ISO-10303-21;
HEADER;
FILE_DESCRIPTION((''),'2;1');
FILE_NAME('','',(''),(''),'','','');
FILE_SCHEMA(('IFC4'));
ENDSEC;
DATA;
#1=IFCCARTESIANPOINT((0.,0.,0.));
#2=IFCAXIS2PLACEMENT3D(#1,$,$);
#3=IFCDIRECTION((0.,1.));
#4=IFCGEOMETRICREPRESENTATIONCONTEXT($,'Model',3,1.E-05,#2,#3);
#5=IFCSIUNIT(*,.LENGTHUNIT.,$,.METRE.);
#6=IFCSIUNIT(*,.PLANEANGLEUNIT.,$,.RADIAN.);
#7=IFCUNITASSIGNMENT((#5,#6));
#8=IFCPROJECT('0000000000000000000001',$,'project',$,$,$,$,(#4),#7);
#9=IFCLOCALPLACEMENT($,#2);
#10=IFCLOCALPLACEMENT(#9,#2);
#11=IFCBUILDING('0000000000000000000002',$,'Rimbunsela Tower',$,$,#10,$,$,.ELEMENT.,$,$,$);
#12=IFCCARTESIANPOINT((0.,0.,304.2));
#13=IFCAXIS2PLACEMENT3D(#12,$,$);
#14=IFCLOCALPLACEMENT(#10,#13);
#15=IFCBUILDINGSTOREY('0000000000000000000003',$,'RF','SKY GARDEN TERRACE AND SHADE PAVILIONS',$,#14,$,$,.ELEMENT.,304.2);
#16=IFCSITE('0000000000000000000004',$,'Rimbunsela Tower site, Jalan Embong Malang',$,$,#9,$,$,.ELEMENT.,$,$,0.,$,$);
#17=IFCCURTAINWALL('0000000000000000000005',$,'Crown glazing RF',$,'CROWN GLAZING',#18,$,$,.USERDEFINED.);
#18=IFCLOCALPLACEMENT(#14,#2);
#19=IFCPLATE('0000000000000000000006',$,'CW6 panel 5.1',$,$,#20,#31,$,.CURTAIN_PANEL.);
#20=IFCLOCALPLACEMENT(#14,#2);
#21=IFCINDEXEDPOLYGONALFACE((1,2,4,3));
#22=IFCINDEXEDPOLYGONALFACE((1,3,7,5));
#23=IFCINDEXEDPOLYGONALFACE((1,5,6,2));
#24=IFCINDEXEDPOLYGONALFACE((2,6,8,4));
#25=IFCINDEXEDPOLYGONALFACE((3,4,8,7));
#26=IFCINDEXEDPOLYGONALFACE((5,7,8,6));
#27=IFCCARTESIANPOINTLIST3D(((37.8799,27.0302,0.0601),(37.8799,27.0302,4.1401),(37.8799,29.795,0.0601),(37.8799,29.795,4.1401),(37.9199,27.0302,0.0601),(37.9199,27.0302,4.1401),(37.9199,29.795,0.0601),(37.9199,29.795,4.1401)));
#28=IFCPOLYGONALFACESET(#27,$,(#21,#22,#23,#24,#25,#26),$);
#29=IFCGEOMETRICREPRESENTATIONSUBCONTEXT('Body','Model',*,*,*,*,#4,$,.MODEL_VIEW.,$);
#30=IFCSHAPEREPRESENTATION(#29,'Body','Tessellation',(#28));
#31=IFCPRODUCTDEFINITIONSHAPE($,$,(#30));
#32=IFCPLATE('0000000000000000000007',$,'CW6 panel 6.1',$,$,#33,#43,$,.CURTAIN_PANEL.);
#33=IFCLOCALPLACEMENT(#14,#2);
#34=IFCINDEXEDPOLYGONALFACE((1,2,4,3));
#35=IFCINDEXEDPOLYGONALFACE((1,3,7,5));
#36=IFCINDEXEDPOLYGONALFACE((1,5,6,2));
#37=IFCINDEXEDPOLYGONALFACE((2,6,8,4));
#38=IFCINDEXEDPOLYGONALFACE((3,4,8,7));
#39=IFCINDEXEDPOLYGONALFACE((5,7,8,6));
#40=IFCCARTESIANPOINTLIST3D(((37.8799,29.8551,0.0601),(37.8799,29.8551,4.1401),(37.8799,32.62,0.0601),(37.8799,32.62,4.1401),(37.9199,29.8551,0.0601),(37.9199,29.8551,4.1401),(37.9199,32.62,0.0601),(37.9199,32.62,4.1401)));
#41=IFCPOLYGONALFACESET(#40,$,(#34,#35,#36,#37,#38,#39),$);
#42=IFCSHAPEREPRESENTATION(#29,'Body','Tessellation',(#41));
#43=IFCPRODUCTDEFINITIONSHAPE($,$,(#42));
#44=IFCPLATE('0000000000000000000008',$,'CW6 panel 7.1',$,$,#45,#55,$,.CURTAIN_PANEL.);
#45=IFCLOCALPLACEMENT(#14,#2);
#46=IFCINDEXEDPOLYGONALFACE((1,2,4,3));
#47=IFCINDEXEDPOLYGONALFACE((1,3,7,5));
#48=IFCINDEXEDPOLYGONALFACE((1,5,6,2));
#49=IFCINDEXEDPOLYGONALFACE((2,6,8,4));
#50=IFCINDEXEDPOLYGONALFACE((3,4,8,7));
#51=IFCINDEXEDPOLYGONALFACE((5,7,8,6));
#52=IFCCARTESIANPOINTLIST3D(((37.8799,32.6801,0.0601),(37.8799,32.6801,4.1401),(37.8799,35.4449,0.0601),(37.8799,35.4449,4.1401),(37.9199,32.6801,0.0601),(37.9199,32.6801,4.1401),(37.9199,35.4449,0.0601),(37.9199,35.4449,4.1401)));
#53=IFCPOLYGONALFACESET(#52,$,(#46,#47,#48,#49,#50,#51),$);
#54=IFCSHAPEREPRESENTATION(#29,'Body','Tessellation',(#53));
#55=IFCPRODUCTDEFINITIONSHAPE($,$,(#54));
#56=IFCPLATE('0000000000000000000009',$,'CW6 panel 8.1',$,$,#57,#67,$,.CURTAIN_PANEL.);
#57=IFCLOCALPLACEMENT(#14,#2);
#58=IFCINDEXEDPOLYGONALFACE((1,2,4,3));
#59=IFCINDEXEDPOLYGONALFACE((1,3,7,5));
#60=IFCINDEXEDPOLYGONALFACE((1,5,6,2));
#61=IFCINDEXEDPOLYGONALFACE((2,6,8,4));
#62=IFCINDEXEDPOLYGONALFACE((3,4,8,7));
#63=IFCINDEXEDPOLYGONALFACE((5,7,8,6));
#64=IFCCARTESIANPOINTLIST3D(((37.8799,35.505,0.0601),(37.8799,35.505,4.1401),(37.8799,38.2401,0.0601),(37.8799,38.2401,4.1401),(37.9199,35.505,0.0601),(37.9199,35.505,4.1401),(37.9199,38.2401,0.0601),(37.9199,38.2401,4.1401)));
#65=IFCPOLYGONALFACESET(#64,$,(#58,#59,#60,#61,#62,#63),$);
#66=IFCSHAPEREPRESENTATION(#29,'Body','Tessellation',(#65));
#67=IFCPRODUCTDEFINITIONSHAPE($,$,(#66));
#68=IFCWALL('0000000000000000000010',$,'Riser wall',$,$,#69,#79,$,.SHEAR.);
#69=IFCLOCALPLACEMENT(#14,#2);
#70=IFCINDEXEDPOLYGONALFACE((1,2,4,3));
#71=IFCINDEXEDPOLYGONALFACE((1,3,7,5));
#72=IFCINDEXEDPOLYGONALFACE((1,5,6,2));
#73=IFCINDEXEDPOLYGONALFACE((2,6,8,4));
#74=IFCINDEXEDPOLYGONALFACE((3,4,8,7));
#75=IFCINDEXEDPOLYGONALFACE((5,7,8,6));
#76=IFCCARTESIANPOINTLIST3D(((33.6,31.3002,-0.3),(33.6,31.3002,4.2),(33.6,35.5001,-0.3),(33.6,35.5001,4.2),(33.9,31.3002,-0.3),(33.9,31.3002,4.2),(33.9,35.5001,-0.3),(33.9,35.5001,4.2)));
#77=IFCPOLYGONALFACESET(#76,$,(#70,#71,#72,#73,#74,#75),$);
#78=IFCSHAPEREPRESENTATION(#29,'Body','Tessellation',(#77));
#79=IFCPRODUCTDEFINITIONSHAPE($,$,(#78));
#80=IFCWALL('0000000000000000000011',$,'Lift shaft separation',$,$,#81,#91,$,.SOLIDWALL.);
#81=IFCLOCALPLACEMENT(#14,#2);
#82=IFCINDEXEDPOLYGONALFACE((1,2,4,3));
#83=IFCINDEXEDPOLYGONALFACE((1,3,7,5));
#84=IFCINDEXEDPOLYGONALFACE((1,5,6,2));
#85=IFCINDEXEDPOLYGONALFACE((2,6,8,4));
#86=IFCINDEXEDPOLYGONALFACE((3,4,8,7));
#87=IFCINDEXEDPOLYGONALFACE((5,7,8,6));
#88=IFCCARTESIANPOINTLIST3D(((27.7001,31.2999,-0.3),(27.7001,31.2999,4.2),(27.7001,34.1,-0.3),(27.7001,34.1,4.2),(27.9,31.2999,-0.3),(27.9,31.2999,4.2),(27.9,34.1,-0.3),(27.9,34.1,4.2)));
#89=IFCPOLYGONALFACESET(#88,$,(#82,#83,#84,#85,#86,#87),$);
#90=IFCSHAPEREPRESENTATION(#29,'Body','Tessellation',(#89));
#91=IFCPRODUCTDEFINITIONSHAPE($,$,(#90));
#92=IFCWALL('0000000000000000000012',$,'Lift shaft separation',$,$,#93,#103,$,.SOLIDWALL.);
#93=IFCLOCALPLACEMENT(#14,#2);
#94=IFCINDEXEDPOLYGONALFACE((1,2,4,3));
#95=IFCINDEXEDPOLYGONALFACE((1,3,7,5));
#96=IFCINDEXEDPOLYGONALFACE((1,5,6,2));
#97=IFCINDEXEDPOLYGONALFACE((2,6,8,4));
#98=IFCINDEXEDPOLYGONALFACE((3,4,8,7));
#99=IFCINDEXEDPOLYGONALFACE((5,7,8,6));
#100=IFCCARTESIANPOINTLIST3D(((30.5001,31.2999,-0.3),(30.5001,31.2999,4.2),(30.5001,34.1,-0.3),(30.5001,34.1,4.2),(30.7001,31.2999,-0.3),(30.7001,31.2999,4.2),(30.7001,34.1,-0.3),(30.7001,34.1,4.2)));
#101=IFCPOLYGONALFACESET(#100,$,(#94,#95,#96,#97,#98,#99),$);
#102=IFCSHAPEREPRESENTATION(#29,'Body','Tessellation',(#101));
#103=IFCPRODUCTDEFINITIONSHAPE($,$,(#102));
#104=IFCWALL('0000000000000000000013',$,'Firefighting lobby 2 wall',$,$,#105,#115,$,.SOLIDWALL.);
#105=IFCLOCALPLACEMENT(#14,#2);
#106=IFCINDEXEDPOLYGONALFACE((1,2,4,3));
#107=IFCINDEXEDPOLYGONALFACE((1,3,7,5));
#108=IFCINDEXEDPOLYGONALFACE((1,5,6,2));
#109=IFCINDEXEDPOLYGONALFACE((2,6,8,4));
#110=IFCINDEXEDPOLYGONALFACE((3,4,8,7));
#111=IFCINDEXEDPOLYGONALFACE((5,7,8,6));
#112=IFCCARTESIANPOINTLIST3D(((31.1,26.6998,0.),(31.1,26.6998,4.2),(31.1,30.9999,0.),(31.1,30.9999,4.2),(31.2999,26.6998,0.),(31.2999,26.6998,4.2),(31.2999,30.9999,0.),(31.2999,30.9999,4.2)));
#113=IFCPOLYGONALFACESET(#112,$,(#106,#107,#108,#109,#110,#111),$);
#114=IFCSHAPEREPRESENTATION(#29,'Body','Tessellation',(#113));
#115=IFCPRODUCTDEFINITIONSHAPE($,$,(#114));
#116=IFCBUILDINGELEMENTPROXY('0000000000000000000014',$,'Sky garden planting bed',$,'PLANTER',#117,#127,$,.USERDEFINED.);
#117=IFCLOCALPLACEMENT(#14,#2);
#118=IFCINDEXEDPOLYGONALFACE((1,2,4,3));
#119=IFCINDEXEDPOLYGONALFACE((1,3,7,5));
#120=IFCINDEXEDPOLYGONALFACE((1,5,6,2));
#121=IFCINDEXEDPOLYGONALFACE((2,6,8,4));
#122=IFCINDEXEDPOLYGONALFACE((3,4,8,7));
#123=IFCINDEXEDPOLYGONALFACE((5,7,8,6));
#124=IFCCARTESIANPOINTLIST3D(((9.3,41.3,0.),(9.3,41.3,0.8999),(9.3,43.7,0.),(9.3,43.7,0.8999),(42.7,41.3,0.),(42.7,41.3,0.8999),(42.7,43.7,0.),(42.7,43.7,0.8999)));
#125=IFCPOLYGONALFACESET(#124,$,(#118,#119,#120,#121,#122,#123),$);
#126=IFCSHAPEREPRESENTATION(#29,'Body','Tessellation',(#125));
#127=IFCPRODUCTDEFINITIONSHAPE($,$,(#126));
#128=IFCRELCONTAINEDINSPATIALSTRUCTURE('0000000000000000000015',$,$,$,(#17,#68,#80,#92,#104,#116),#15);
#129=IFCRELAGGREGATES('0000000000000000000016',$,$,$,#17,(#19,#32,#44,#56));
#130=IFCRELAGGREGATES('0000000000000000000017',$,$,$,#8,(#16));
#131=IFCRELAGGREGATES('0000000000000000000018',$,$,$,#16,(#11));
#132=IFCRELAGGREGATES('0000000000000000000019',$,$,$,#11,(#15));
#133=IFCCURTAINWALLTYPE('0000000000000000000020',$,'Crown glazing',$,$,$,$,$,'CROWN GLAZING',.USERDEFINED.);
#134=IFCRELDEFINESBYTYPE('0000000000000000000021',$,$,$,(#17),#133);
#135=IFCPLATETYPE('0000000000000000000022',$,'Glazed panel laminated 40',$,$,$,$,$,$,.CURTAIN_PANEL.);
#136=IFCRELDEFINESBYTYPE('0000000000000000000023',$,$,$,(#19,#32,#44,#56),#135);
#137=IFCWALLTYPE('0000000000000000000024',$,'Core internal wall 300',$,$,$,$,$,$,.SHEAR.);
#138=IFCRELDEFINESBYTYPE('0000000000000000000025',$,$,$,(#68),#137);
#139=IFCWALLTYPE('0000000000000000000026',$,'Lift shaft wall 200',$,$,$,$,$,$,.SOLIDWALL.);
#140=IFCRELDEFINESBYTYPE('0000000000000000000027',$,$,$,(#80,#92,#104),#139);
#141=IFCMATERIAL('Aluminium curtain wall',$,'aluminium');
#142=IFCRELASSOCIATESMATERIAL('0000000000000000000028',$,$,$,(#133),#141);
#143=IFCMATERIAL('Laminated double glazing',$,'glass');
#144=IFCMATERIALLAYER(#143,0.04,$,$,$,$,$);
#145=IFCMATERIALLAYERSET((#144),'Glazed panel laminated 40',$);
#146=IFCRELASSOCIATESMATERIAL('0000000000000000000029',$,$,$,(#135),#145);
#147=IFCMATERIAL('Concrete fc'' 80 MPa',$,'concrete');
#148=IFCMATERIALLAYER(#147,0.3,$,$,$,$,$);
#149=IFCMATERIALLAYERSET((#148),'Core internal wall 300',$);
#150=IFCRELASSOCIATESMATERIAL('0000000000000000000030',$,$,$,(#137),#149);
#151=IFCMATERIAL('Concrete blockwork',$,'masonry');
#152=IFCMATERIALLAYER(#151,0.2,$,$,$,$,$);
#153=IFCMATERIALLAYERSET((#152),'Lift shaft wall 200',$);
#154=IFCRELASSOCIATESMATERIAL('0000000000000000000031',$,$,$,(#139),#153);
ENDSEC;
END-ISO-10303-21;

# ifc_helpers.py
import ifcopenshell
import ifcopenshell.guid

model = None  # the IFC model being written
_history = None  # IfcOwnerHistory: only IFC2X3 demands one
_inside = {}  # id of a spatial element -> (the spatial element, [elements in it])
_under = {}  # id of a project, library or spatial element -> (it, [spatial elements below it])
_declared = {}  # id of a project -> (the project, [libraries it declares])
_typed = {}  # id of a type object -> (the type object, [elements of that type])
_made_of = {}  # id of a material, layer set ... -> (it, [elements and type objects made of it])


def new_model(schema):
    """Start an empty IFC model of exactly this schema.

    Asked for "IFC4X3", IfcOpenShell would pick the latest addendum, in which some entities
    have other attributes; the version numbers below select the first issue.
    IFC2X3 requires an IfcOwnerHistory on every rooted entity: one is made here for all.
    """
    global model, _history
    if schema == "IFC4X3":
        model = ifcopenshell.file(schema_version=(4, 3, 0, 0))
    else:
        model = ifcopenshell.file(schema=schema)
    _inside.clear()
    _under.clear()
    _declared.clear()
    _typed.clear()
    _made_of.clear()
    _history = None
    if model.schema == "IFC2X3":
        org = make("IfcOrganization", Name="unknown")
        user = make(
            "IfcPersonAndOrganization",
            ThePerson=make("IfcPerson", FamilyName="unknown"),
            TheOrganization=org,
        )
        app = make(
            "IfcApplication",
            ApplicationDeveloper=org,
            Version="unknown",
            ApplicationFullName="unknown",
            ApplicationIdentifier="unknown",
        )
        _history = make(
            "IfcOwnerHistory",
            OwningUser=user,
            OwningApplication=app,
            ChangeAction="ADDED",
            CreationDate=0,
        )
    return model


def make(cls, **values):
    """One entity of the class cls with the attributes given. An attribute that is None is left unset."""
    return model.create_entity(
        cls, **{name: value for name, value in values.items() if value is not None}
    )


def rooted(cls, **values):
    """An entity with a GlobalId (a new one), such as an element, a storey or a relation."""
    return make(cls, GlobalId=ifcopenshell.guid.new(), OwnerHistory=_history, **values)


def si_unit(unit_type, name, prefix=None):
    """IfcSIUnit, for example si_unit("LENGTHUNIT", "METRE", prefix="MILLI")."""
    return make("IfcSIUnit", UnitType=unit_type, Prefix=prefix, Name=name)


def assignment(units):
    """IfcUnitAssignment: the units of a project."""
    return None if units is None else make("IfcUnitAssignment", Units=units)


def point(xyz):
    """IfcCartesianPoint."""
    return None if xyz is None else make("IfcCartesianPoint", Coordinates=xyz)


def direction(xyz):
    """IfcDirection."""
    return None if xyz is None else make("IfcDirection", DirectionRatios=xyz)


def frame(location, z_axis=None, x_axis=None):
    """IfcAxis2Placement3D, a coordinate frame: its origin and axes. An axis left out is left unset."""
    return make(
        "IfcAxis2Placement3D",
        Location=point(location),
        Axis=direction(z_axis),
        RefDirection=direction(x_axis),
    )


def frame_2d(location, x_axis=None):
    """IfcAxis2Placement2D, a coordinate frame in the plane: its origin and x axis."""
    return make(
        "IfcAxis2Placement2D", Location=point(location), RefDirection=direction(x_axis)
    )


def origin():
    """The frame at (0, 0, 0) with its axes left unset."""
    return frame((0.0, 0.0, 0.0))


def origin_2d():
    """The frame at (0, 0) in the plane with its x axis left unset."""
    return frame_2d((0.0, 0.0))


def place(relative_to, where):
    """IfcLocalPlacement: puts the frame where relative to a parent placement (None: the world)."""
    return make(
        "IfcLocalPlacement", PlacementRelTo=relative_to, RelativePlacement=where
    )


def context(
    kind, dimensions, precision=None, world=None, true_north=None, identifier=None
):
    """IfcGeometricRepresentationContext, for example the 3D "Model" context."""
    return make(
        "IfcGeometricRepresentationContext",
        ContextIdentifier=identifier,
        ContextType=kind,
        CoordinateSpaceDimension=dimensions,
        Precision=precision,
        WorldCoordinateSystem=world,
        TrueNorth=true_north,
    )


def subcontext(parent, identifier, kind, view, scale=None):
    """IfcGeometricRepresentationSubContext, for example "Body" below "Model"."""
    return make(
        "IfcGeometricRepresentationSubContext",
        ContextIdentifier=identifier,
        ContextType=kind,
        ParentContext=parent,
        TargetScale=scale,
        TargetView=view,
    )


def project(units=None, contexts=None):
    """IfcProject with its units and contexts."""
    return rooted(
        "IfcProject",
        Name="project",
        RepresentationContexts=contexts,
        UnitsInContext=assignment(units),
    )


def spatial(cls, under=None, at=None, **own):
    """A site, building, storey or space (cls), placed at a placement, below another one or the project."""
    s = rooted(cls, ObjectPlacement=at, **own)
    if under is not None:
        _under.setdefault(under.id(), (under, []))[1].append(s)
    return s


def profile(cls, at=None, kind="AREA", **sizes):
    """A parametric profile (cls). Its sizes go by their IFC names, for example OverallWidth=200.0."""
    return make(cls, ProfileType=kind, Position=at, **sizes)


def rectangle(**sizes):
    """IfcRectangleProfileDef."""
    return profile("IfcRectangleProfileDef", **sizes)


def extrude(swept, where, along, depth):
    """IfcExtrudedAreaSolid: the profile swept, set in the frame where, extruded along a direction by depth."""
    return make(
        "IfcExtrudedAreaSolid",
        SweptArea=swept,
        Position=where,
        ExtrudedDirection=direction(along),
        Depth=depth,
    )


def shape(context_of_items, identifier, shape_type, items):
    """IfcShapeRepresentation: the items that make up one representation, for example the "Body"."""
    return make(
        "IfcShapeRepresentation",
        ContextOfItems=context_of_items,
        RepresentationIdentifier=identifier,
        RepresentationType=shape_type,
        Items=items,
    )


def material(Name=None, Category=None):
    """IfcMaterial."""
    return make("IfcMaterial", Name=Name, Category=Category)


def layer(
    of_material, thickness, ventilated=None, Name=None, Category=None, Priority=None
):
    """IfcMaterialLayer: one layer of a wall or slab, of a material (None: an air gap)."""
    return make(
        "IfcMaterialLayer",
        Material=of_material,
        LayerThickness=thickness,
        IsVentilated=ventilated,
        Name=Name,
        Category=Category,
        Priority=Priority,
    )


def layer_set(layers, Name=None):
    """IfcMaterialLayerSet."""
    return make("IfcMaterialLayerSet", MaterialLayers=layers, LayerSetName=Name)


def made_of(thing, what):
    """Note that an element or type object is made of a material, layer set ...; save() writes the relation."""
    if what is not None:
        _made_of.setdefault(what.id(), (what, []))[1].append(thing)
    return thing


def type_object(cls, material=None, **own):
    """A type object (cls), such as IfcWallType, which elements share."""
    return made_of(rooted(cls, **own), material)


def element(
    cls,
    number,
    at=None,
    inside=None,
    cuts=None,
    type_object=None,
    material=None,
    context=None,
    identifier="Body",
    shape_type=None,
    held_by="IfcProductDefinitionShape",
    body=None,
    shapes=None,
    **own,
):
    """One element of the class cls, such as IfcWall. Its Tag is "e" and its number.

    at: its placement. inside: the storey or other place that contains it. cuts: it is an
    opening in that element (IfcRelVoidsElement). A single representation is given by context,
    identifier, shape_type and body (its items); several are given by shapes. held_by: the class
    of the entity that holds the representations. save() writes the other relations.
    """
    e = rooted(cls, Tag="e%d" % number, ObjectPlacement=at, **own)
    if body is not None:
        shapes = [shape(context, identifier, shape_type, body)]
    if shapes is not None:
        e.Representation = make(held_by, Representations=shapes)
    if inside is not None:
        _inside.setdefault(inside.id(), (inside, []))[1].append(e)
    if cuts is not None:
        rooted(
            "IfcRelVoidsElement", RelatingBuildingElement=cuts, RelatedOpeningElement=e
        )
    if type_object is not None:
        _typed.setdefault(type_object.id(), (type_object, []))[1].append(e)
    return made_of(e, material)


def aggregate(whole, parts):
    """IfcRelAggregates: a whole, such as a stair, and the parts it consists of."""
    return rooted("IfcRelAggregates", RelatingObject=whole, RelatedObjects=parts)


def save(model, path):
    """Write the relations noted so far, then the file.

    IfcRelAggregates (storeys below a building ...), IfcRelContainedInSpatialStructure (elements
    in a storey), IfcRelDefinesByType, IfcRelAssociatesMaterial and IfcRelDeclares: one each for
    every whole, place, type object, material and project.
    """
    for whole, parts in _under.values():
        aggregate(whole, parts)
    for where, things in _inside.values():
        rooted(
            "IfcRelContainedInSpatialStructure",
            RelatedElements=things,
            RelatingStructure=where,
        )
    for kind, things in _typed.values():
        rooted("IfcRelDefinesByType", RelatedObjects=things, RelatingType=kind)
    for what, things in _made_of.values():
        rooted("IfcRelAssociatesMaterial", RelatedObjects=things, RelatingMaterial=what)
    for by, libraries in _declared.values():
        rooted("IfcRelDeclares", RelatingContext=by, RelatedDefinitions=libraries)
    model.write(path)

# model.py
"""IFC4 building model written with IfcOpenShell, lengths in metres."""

from ifc_helpers import new_model, si_unit, direction, frame, frame_2d, origin, origin_2d, place, context, subcontext, project, spatial, rectangle, extrude, material, layer, layer_set, type_object, element, aggregate, save


model = new_model("IFC4")

# Units and contexts
model_context = context("Model", 3, precision=1e-05, world=origin(), true_north=direction((0.0, 1.0)))
body_context = subcontext(model_context, "Body", "Model", "MODEL_VIEW")
ifc_project = project(units=[si_unit("LENGTHUNIT", "METRE"), si_unit("PLANEANGLEUNIT", "RADIAN")], contexts=[model_context])

# Site, building, storey
site_placement = place(None, origin())
site = spatial("IfcSite", under=ifc_project, at=site_placement, Name="Rimbunsela Tower site, Jalan Embong Malang", CompositionType="ELEMENT", RefElevation=0.0)
building_placement = place(site_placement, origin())
building = spatial("IfcBuilding", under=site, at=building_placement, Name="Rimbunsela Tower", CompositionType="ELEMENT")
storey_placement = place(building_placement, frame((0.0, 0.0, 304.2)))
storey = spatial("IfcBuildingStorey", under=building, at=storey_placement, Name="RF", Description="SKY GARDEN TERRACE AND SHADE PAVILIONS", CompositionType="ELEMENT", Elevation=304.2)

# Curtain wall, plates
ifc_material_1 = material(Name="Aluminium curtain wall", Category="aluminium")
curtain_wall_type = type_object("IfcCurtainWallType", Name="Crown glazing", ElementType="CROWN GLAZING", PredefinedType="USERDEFINED", material=ifc_material_1)
curtain_wall_placement = place(storey_placement, origin())
curtain_wall = element("IfcCurtainWall", 1, at=curtain_wall_placement, inside=storey, type_object=curtain_wall_type, Name="Crown glazing RF", ObjectType="CROWN GLAZING", PredefinedType="USERDEFINED")
ifc_material_2 = material(Name="Laminated double glazing", Category="glass")
ifc_layer_1 = layer(ifc_material_2, 0.04)
ifc_layer_set_1 = layer_set([ifc_layer_1], Name="Glazed panel laminated 40")
plate_type = type_object("IfcPlateType", Name="Glazed panel laminated 40", PredefinedType="CURTAIN_PANEL", material=ifc_layer_set_1)
plate_1_placement = place(storey_placement, frame((37.8999, 28.4126, 0.0601), z_axis=(0.0, 0.0, 1.0), x_axis=(0.0, 1.0, 0.0)))
plate_1 = element("IfcPlate", 2, at=plate_1_placement, type_object=plate_type, Name="CW6 panel 5.1", PredefinedType="CURTAIN_PANEL", context=body_context, shape_type="SweptSolid", body=[
    extrude(rectangle(XDim=2.7649, YDim=0.04, at=origin_2d()), origin(), (0.0, 0.0, 1.0), 4.0801),
])
plate_2_placement = place(storey_placement, frame((37.8999, 31.2375, 0.0601), z_axis=(0.0, 0.0, 1.0), x_axis=(0.0, 1.0, 0.0)))
plate_2 = element("IfcPlate", 3, at=plate_2_placement, type_object=plate_type, Name="CW6 panel 6.1", PredefinedType="CURTAIN_PANEL", context=body_context, shape_type="SweptSolid", body=[
    extrude(rectangle(XDim=2.7649, YDim=0.04, at=origin_2d()), origin(), (0.0, 0.0, 1.0), 4.0801),
])
plate_3_placement = place(storey_placement, frame((37.8999, 34.0625, 0.0601), z_axis=(0.0, 0.0, 1.0), x_axis=(0.0, 1.0, 0.0)))
plate_3 = element("IfcPlate", 4, at=plate_3_placement, type_object=plate_type, Name="CW6 panel 7.1", PredefinedType="CURTAIN_PANEL", context=body_context, shape_type="SweptSolid", body=[
    extrude(rectangle(XDim=2.7649, YDim=0.04, at=origin_2d()), origin(), (0.0, 0.0, 1.0), 4.0801),
])
plate_4_placement = place(storey_placement, frame((37.8999, 36.8726, 0.0601), z_axis=(0.0, 0.0, 1.0), x_axis=(0.0, 1.0, 0.0)))
plate_4 = element("IfcPlate", 5, at=plate_4_placement, type_object=plate_type, Name="CW6 panel 8.1", PredefinedType="CURTAIN_PANEL", context=body_context, shape_type="SweptSolid", body=[
    extrude(rectangle(XDim=2.7351, YDim=0.04, at=origin_2d()), origin(), (0.0, 0.0, 1.0), 4.0801),
])
aggregate(curtain_wall, [plate_1, plate_2, plate_3, plate_4])

# Walls
ifc_material_3 = material(Name="Concrete fc' 80 MPa", Category="concrete")
ifc_layer_2 = layer(ifc_material_3, 0.3)
ifc_layer_set_2 = layer_set([ifc_layer_2], Name="Core internal wall 300")
wall_type_1 = type_object("IfcWallType", Name="Core internal wall 300", PredefinedType="SHEAR", material=ifc_layer_set_2)
wall_1_placement = place(storey_placement, frame((33.75, 31.3, -0.3), z_axis=(0.0, 0.0, 1.0), x_axis=(0.0, 1.0, 0.0)))
element("IfcWall", 6, at=wall_1_placement, inside=storey, type_object=wall_type_1, Name="Riser wall", PredefinedType="SHEAR", context=body_context, shape_type="SweptSolid", body=[
    extrude(rectangle(XDim=4.2, YDim=0.3, at=frame_2d((2.1001, 0.0))), origin(), (0.0, 0.0, 1.0), 4.5),
])
ifc_material_4 = material(Name="Concrete blockwork", Category="masonry")
ifc_layer_3 = layer(ifc_material_4, 0.2)
ifc_layer_set_3 = layer_set([ifc_layer_3], Name="Lift shaft wall 200")
wall_type_2 = type_object("IfcWallType", Name="Lift shaft wall 200", PredefinedType="SOLIDWALL", material=ifc_layer_set_3)
for number, where, z_axis, x_axis, name in (
    (7, (27.8, 31.3, -0.3), (0.0, 0.0, 1.0), (0.0, 1.0, 0.0), "Lift shaft separation"),
    (8, (30.6001, 31.3, -0.3), (0.0, 0.0, 1.0), (0.0, 1.0, 0.0), "Lift shaft separation"),
):
    element("IfcWall", number, at=place(storey_placement, frame(where, z_axis=z_axis, x_axis=x_axis)), inside=storey, type_object=wall_type_2, Name=name, PredefinedType="SOLIDWALL", context=body_context, shape_type="SweptSolid", body=[
        extrude(rectangle(XDim=2.8, YDim=0.2, at=frame_2d((1.3999, 0.0))), origin(), (0.0, 0.0, 1.0), 4.5),
    ])
wall_2_placement = place(storey_placement, frame((31.2, 26.7, 0.0), z_axis=(0.0, 0.0, 1.0), x_axis=(0.0, 1.0, 0.0)))
element("IfcWall", 9, at=wall_2_placement, inside=storey, type_object=wall_type_2, Name="Firefighting lobby 2 wall", PredefinedType="SOLIDWALL", context=body_context, shape_type="SweptSolid", body=[
    extrude(rectangle(XDim=4.3, YDim=0.2, at=frame_2d((2.1499, 0.0))), origin(), (0.0, 0.0, 1.0), 4.2),
])

# Building element proxy
proxy_placement = place(storey_placement, frame((26.0, 42.5, 0.0), z_axis=(0.0, 0.0, 1.0), x_axis=(1.0, 0.0, 0.0)))
element("IfcBuildingElementProxy", 10, at=proxy_placement, inside=storey, Name="Sky garden planting bed", ObjectType="PLANTER", PredefinedType="USERDEFINED", context=body_context, shape_type="SweptSolid", body=[
    extrude(rectangle(XDim=33.3999, YDim=2.3999, at=origin_2d()), origin(), (0.0, 0.0, 1.0), 0.8999),
])

save(model, "model.ifc")
